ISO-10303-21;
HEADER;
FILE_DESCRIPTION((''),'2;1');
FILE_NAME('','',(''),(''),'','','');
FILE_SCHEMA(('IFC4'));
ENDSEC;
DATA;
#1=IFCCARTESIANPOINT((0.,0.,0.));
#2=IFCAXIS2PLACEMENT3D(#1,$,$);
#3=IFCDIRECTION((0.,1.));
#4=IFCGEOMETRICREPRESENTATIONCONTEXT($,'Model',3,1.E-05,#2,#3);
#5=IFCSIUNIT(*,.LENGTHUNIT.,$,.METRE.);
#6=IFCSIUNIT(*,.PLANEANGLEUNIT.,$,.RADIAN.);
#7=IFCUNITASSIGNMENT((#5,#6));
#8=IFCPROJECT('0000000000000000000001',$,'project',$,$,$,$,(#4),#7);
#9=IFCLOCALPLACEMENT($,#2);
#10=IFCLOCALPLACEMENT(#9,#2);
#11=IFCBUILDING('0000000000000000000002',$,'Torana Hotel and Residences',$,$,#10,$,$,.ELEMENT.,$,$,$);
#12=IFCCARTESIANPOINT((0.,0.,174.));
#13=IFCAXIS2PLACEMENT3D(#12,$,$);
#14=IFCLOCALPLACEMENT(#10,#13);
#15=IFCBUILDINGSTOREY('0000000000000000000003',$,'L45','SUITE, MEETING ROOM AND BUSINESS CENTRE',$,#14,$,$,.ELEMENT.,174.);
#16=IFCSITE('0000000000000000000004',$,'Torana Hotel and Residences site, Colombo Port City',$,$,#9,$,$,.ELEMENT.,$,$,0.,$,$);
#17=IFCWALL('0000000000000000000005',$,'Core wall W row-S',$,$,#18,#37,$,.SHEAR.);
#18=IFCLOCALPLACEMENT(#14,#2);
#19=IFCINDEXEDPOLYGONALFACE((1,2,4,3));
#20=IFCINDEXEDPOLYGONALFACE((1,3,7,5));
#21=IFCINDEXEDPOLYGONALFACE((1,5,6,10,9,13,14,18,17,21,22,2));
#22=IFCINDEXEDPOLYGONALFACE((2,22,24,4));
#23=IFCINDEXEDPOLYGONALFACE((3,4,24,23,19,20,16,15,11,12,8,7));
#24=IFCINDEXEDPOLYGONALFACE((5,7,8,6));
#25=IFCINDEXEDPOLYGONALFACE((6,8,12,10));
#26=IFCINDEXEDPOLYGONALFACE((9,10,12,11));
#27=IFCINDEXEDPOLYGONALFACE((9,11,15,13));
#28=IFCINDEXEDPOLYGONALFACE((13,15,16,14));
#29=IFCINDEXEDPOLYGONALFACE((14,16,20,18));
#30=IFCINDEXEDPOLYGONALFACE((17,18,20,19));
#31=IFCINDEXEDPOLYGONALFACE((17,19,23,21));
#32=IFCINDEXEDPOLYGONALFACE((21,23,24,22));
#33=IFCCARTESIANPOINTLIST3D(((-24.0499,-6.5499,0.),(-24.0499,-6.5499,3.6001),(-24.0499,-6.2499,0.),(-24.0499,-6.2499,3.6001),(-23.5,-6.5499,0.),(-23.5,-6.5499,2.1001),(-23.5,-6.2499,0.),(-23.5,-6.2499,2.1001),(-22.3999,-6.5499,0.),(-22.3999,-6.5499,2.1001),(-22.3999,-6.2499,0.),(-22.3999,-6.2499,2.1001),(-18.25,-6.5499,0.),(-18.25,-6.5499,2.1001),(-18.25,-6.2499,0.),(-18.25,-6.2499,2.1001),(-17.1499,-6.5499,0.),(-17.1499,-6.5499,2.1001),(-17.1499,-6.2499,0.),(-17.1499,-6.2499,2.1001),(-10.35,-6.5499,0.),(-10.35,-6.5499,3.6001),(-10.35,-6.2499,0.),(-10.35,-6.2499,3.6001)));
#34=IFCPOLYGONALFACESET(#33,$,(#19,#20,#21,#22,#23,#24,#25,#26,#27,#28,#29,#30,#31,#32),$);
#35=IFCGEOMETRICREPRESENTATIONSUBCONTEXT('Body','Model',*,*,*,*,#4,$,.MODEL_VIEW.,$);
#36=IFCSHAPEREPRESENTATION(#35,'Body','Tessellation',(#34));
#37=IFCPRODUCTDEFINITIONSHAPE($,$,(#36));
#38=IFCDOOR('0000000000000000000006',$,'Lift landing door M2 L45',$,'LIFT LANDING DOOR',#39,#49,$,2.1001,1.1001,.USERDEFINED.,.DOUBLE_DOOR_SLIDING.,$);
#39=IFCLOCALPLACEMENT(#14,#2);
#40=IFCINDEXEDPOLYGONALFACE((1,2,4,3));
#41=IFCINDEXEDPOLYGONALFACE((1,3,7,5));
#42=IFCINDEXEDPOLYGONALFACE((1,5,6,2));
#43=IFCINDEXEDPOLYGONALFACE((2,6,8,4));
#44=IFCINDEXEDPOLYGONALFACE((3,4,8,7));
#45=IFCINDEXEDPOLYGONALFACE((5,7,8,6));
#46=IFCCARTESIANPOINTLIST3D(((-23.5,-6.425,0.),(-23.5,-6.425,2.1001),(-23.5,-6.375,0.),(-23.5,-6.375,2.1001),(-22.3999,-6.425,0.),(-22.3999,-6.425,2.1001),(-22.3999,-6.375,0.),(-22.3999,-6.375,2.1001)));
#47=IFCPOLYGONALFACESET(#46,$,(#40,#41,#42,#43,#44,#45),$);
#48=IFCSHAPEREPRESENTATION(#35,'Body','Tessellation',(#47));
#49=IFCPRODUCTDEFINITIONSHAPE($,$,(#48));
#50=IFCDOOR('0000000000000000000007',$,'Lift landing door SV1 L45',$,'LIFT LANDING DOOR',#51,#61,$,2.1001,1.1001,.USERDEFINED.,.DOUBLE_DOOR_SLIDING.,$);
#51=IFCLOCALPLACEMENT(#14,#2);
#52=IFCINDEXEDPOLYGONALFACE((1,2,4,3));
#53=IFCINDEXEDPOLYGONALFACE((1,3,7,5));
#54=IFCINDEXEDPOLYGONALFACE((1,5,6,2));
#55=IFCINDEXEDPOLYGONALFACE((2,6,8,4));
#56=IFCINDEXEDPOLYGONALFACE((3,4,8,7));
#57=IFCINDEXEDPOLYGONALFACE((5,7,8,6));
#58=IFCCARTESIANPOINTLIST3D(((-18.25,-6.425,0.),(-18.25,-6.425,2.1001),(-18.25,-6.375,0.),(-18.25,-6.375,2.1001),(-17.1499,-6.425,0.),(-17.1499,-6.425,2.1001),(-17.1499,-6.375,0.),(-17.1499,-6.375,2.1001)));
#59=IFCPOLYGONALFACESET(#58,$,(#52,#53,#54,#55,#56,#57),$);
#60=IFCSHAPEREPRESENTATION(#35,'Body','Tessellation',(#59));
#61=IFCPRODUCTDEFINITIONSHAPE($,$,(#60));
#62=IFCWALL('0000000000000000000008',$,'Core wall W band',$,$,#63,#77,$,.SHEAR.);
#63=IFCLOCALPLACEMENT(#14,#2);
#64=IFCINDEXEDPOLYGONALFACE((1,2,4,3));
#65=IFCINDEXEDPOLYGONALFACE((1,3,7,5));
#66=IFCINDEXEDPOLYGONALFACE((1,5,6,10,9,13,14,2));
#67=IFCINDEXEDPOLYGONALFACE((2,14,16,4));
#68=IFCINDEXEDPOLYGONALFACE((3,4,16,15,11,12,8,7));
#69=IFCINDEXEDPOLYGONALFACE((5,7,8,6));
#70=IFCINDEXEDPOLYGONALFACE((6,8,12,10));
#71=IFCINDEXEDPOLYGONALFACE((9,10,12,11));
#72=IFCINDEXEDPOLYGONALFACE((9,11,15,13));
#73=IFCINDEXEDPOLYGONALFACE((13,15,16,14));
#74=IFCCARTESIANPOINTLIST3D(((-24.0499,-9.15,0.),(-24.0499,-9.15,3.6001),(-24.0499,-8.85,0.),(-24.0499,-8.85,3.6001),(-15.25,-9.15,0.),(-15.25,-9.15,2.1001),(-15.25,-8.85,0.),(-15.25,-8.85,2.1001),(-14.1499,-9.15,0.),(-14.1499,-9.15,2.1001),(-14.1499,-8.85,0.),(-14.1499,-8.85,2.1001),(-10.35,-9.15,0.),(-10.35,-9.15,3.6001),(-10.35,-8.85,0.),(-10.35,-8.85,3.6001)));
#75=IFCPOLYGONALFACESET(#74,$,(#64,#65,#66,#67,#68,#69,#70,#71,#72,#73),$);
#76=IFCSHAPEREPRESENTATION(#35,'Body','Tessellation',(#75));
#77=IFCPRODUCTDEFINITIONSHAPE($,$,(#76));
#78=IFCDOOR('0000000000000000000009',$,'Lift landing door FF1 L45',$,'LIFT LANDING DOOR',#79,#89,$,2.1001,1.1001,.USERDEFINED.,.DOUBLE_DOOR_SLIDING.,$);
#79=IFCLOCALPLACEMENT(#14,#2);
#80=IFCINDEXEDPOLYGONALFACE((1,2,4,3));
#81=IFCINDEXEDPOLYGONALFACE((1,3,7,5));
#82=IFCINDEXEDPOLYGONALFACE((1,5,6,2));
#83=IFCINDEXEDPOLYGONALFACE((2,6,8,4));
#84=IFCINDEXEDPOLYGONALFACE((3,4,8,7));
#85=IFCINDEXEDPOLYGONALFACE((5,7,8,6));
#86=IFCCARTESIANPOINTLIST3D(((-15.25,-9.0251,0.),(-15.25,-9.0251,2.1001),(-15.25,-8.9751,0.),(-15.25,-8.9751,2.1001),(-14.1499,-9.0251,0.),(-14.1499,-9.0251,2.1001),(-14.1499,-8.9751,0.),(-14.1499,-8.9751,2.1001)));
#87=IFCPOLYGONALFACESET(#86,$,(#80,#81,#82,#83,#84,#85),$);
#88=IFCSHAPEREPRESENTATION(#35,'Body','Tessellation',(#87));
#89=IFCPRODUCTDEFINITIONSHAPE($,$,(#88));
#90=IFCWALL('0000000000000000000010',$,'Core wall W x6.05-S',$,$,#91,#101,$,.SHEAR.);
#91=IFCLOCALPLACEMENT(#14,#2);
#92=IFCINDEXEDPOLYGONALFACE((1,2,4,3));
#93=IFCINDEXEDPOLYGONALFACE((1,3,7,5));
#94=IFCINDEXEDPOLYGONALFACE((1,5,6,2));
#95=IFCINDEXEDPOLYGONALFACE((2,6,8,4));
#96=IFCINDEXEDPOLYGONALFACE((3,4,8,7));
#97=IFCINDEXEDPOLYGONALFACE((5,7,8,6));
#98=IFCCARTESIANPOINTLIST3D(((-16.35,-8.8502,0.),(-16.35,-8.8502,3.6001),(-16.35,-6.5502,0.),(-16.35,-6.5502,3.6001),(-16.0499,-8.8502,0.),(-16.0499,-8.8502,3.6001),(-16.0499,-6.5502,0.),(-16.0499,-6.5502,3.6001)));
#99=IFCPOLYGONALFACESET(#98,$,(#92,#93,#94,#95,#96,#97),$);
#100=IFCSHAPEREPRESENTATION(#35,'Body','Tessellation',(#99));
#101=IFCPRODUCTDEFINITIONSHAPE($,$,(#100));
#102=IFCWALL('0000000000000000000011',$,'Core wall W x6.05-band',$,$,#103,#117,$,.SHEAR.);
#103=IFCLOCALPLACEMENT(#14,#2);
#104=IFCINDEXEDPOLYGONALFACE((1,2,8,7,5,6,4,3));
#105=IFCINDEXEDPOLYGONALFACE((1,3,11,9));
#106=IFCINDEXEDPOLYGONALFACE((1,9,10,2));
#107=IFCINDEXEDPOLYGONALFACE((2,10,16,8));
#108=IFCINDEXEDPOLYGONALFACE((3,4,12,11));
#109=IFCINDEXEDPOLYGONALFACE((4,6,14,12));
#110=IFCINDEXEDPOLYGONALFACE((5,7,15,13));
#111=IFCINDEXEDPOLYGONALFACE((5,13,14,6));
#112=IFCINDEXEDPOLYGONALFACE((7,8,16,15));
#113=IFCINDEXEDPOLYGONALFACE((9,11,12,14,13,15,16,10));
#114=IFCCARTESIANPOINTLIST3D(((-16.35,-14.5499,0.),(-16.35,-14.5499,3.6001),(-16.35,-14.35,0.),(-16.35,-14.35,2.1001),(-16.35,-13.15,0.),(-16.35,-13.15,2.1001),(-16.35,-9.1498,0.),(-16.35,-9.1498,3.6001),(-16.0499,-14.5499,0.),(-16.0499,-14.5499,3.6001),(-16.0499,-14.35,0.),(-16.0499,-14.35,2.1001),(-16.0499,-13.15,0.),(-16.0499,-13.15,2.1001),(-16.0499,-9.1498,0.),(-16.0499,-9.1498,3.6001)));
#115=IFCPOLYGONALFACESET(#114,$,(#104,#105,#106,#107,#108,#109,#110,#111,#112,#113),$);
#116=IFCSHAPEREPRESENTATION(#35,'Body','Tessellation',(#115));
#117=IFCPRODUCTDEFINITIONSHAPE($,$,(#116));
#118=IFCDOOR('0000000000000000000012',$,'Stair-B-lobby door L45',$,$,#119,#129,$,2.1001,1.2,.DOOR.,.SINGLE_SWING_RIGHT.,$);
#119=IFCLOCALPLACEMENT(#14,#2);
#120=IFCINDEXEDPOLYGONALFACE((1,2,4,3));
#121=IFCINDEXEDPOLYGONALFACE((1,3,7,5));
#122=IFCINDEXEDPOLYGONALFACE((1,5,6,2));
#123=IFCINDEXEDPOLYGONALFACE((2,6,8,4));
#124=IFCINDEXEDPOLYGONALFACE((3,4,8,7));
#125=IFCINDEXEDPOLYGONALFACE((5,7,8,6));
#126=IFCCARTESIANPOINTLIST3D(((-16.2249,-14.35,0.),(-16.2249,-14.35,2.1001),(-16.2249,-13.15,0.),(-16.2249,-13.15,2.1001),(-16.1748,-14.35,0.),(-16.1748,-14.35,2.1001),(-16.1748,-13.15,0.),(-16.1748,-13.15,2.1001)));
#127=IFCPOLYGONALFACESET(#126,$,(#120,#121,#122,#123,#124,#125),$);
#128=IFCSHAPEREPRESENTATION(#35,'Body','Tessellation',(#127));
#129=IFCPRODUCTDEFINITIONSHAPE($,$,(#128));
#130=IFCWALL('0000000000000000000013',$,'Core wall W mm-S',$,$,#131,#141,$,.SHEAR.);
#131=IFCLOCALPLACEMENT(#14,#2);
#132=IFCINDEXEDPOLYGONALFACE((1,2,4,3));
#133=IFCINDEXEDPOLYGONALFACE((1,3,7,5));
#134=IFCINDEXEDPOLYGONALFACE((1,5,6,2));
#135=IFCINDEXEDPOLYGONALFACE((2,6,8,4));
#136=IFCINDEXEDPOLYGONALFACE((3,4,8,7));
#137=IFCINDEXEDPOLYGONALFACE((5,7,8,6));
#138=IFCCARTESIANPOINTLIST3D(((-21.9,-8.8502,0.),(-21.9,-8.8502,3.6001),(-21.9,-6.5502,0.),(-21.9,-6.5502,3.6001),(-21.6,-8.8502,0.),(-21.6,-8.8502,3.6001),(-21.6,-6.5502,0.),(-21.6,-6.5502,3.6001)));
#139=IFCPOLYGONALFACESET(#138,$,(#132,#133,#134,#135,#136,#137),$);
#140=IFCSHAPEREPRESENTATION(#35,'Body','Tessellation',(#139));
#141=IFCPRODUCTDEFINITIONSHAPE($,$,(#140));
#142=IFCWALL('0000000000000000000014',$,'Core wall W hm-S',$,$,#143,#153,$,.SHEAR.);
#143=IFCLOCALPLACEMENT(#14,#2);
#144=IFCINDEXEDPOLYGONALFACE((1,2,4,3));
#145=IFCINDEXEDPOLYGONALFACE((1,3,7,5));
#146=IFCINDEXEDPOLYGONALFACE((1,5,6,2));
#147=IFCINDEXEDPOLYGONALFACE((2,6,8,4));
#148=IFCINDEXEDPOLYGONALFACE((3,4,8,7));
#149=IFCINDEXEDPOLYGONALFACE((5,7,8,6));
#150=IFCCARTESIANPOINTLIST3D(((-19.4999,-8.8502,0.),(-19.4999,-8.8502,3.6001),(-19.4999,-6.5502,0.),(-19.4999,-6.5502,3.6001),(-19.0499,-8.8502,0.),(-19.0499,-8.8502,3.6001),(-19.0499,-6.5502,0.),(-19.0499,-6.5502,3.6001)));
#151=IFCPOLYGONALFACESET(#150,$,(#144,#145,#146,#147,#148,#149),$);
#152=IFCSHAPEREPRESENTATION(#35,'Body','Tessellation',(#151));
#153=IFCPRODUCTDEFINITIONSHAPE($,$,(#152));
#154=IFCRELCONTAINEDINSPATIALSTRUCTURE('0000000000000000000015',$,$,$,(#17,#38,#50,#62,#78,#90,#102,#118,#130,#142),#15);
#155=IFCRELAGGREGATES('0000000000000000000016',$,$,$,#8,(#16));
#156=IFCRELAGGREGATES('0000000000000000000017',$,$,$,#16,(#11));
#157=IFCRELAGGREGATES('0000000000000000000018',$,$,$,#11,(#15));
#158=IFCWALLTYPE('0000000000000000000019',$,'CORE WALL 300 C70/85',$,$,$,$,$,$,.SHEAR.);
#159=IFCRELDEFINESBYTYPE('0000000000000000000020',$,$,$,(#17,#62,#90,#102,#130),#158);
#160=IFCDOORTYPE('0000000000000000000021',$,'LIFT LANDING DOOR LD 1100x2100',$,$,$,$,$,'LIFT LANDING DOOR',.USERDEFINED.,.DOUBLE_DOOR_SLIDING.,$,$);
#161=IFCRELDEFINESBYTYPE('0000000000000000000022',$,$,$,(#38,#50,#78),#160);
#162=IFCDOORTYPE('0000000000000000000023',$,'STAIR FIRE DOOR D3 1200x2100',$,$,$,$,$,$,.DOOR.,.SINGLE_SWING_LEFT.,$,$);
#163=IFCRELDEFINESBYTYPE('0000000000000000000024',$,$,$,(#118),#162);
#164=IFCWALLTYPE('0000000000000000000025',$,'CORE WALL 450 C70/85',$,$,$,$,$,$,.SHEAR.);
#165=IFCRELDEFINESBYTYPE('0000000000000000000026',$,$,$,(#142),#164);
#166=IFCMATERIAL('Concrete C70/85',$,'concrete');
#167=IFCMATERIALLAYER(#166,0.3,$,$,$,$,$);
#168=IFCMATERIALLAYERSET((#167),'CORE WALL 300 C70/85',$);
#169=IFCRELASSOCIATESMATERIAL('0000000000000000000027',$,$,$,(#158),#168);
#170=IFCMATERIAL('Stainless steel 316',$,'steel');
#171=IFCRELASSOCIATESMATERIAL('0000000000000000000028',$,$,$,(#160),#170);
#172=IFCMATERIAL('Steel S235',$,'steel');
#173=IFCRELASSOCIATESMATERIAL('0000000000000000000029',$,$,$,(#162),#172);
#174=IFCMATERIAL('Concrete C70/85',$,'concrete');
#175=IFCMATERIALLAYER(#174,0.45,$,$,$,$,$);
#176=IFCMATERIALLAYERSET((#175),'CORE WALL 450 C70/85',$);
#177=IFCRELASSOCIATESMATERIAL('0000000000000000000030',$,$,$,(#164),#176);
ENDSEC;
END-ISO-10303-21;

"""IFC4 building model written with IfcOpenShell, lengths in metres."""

from ifc_helpers import new_model, si_unit, direction, frame, frame_2d, origin, place, context, subcontext, project, spatial, rectangle, extrude, material, layer, layer_set, type_object, element, fill, save


model = new_model("IFC4")

# Units and contexts
model_context = context("Model", 3, precision=1e-05, world=origin(), true_north=direction((0.0, 1.0)))
body_context = subcontext(model_context, "Body", "Model", "MODEL_VIEW")
ifc_project = project(units=[si_unit("LENGTHUNIT", "METRE"), si_unit("PLANEANGLEUNIT", "RADIAN")], contexts=[model_context])

# Site, building, storey
site_placement = place(None, origin())
site = spatial("IfcSite", under=ifc_project, at=site_placement, Name="Torana Hotel and Residences site, Colombo Port City", CompositionType="ELEMENT", RefElevation=0.0)
building_placement = place(site_placement, origin())
building = spatial("IfcBuilding", under=site, at=building_placement, Name="Torana Hotel and Residences", CompositionType="ELEMENT")
storey_placement = place(building_placement, frame((0.0, 0.0, 174.0)))
storey = spatial("IfcBuildingStorey", under=building, at=storey_placement, Name="L45", Description="SUITE, MEETING ROOM AND BUSINESS CENTRE", CompositionType="ELEMENT", Elevation=174.0)

# Wall, openings, doors
ifc_material_1 = material(Name="Concrete C70/85", Category="concrete")
ifc_layer_1 = layer(ifc_material_1, 0.3)
ifc_layer_set_1 = layer_set([ifc_layer_1], Name="CORE WALL 300 C70/85")
wall_type_1 = type_object("IfcWallType", Name="CORE WALL 300 C70/85", PredefinedType="SHEAR", material=ifc_layer_set_1)
wall_1_placement = place(storey_placement, frame((-24.05, -6.3999, 0.0), z_axis=(0.0, 0.0, 1.0), x_axis=(1.0, 0.0, 0.0)))
wall_1 = element("IfcWall", 1, at=wall_1_placement, inside=storey, type_object=wall_type_1, Name="Core wall W row-S", PredefinedType="SHEAR", context=body_context, shape_type="SweptSolid", body=[
    extrude(rectangle(XDim=13.7, YDim=0.3, at=frame_2d((6.8501, 0.0))), origin(), (0.0, 0.0, 1.0), 3.6001),
])
opening_1_placement = place(wall_1_placement, frame((0.55, 0.0, 0.0)))
opening_1 = element("IfcOpeningElement", 2, at=opening_1_placement, cuts=wall_1, PredefinedType="OPENING", context=body_context, shape_type="SweptSolid", body=[
    extrude(rectangle(XDim=1.1001, YDim=2.1001, at=frame_2d((0.55, 1.05))), frame((0.0, 0.1599, 0.0), z_axis=(0.0, -1.0, 0.0), x_axis=(1.0, 0.0, 0.0)), (0.0, 0.0, 1.0), 0.3201),
])
opening_2_placement = place(wall_1_placement, frame((5.8, 0.0, 0.0)))
opening_2 = element("IfcOpeningElement", 3, at=opening_2_placement, cuts=wall_1, PredefinedType="OPENING", context=body_context, shape_type="SweptSolid", body=[
    extrude(rectangle(XDim=1.1001, YDim=2.1001, at=frame_2d((0.55, 1.05))), frame((0.0, 0.1599, 0.0), z_axis=(0.0, -1.0, 0.0), x_axis=(1.0, 0.0, 0.0)), (0.0, 0.0, 1.0), 0.3201),
])
ifc_material_2 = material(Name="Stainless steel 316", Category="steel")
door_type_1 = type_object("IfcDoorType", Name="LIFT LANDING DOOR LD 1100x2100", ElementType="LIFT LANDING DOOR", OperationType="DOUBLE_DOOR_SLIDING", PredefinedType="USERDEFINED", material=ifc_material_2)
door_1_placement = place(opening_1_placement, origin())
door_1 = element("IfcDoor", 4, at=door_1_placement, inside=storey, type_object=door_type_1, Name="Lift landing door M2 L45", ObjectType="LIFT LANDING DOOR", OperationType="DOUBLE_DOOR_SLIDING", OverallHeight=2.1001, OverallWidth=1.1001, PredefinedType="USERDEFINED", context=body_context, shape_type="SweptSolid", body=[
    extrude(rectangle(XDim=1.1001, YDim=2.1001, at=frame_2d((0.55, 1.05))), frame((0.0, 0.0249, 0.0), z_axis=(0.0, -1.0, 0.0), x_axis=(1.0, 0.0, 0.0)), (0.0, 0.0, 1.0), 0.05),
])
fill(opening_1, door_1)
door_2_placement = place(opening_2_placement, origin())
door_2 = element("IfcDoor", 5, at=door_2_placement, inside=storey, type_object=door_type_1, Name="Lift landing door SV1 L45", ObjectType="LIFT LANDING DOOR", OperationType="DOUBLE_DOOR_SLIDING", OverallHeight=2.1001, OverallWidth=1.1001, PredefinedType="USERDEFINED", context=body_context, shape_type="SweptSolid", body=[
    extrude(rectangle(XDim=1.1001, YDim=2.1001, at=frame_2d((0.55, 1.05))), frame((0.0, 0.0249, 0.0), z_axis=(0.0, -1.0, 0.0), x_axis=(1.0, 0.0, 0.0)), (0.0, 0.0, 1.0), 0.05),
])
fill(opening_2, door_2)

# Wall, opening, door
wall_2_placement = place(storey_placement, frame((-24.05, -9.0, 0.0), z_axis=(0.0, 0.0, 1.0), x_axis=(1.0, 0.0, 0.0)))
wall_2 = element("IfcWall", 6, at=wall_2_placement, inside=storey, type_object=wall_type_1, Name="Core wall W band", PredefinedType="SHEAR", context=body_context, shape_type="SweptSolid", body=[
    extrude(rectangle(XDim=13.7, YDim=0.3, at=frame_2d((6.8501, 0.0))), origin(), (0.0, 0.0, 1.0), 3.6001),
])
opening_3_placement = place(wall_2_placement, frame((8.8, 0.0, 0.0)))
opening_3 = element("IfcOpeningElement", 7, at=opening_3_placement, cuts=wall_2, PredefinedType="OPENING", context=body_context, shape_type="SweptSolid", body=[
    extrude(rectangle(XDim=1.1001, YDim=2.1001, at=frame_2d((0.55, 1.05))), frame((0.0, 0.1599, 0.0), z_axis=(0.0, -1.0, 0.0), x_axis=(1.0, 0.0, 0.0)), (0.0, 0.0, 1.0), 0.3201),
])
door_3_placement = place(opening_3_placement, origin())
door_3 = element("IfcDoor", 8, at=door_3_placement, inside=storey, type_object=door_type_1, Name="Lift landing door FF1 L45", ObjectType="LIFT LANDING DOOR", OperationType="DOUBLE_DOOR_SLIDING", OverallHeight=2.1001, OverallWidth=1.1001, PredefinedType="USERDEFINED", context=body_context, shape_type="SweptSolid", body=[
    extrude(rectangle(XDim=1.1001, YDim=2.1001, at=frame_2d((0.55, 1.05))), frame((0.0, 0.0249, 0.0), z_axis=(0.0, -1.0, 0.0), x_axis=(1.0, 0.0, 0.0)), (0.0, 0.0, 1.0), 0.05),
])
fill(opening_3, door_3)

# Wall
wall_3_placement = place(storey_placement, frame((-16.2, -8.8501, 0.0), z_axis=(0.0, 0.0, 1.0), x_axis=(0.0, 1.0, 0.0)))
element("IfcWall", 9, at=wall_3_placement, inside=storey, type_object=wall_type_1, Name="Core wall W x6.05-S", PredefinedType="SHEAR", context=body_context, shape_type="SweptSolid", body=[
    extrude(rectangle(XDim=2.3, YDim=0.3, at=frame_2d((1.1499, 0.0))), origin(), (0.0, 0.0, 1.0), 3.6001),
])

# Wall, opening, door
wall_4_placement = place(storey_placement, frame((-16.2, -14.55, 0.0), z_axis=(0.0, 0.0, 1.0), x_axis=(0.0, 1.0, 0.0)))
wall_4 = element("IfcWall", 10, at=wall_4_placement, inside=storey, type_object=wall_type_1, Name="Core wall W x6.05-band", PredefinedType="SHEAR", context=body_context, shape_type="SweptSolid", body=[
    extrude(rectangle(XDim=5.4001, YDim=0.3, at=frame_2d((2.7002, 0.0))), origin(), (0.0, 0.0, 1.0), 3.6001),
])
opening_4_placement = place(wall_4_placement, frame((0.2, 0.0, 0.0)))
opening_4 = element("IfcOpeningElement", 11, at=opening_4_placement, cuts=wall_4, PredefinedType="OPENING", context=body_context, shape_type="SweptSolid", body=[
    extrude(rectangle(XDim=1.2, YDim=2.1001, at=frame_2d((0.6001, 1.05))), frame((0.0, 0.1599, 0.0), z_axis=(0.0, -1.0, 0.0), x_axis=(1.0, 0.0, 0.0)), (0.0, 0.0, 1.0), 0.3201),
])
ifc_material_3 = material(Name="Steel S235", Category="steel")
door_type_2 = type_object("IfcDoorType", Name="STAIR FIRE DOOR D3 1200x2100", OperationType="SINGLE_SWING_LEFT", PredefinedType="DOOR", material=ifc_material_3)
door_4_placement = place(opening_4_placement, origin())
door_4 = element("IfcDoor", 12, at=door_4_placement, inside=storey, type_object=door_type_2, Name="Stair-B-lobby door L45", OperationType="SINGLE_SWING_RIGHT", OverallHeight=2.1001, OverallWidth=1.2, PredefinedType="DOOR", context=body_context, shape_type="SweptSolid", body=[
    extrude(rectangle(XDim=1.2, YDim=2.1001, at=frame_2d((0.6001, 1.05))), frame((0.0, 0.0249, 0.0), z_axis=(0.0, -1.0, 0.0), x_axis=(1.0, 0.0, 0.0)), (0.0, 0.0, 1.0), 0.05),
])
fill(opening_4, door_4)

# Walls
wall_5_placement = place(storey_placement, frame((-21.75, -8.8501, 0.0), z_axis=(0.0, 0.0, 1.0), x_axis=(0.0, 1.0, 0.0)))
element("IfcWall", 13, at=wall_5_placement, inside=storey, type_object=wall_type_1, Name="Core wall W mm-S", PredefinedType="SHEAR", context=body_context, shape_type="SweptSolid", body=[
    extrude(rectangle(XDim=2.3, YDim=0.3, at=frame_2d((1.1499, 0.0))), origin(), (0.0, 0.0, 1.0), 3.6001),
])
ifc_material_4 = material(Name="Concrete C70/85", Category="concrete")
ifc_layer_2 = layer(ifc_material_4, 0.45)
ifc_layer_set_2 = layer_set([ifc_layer_2], Name="CORE WALL 450 C70/85")
wall_type_2 = type_object("IfcWallType", Name="CORE WALL 450 C70/85", PredefinedType="SHEAR", material=ifc_layer_set_2)
wall_6_placement = place(storey_placement, frame((-19.2749, -8.8501, 0.0), z_axis=(0.0, 0.0, 1.0), x_axis=(0.0, 1.0, 0.0)))
element("IfcWall", 14, at=wall_6_placement, inside=storey, type_object=wall_type_2, Name="Core wall W hm-S", PredefinedType="SHEAR", context=body_context, shape_type="SweptSolid", body=[
    extrude(rectangle(XDim=2.3, YDim=0.45, at=frame_2d((1.1499, 0.0))), origin(), (0.0, 0.0, 1.0), 3.6001),
])

save(model, "model.ifc")
